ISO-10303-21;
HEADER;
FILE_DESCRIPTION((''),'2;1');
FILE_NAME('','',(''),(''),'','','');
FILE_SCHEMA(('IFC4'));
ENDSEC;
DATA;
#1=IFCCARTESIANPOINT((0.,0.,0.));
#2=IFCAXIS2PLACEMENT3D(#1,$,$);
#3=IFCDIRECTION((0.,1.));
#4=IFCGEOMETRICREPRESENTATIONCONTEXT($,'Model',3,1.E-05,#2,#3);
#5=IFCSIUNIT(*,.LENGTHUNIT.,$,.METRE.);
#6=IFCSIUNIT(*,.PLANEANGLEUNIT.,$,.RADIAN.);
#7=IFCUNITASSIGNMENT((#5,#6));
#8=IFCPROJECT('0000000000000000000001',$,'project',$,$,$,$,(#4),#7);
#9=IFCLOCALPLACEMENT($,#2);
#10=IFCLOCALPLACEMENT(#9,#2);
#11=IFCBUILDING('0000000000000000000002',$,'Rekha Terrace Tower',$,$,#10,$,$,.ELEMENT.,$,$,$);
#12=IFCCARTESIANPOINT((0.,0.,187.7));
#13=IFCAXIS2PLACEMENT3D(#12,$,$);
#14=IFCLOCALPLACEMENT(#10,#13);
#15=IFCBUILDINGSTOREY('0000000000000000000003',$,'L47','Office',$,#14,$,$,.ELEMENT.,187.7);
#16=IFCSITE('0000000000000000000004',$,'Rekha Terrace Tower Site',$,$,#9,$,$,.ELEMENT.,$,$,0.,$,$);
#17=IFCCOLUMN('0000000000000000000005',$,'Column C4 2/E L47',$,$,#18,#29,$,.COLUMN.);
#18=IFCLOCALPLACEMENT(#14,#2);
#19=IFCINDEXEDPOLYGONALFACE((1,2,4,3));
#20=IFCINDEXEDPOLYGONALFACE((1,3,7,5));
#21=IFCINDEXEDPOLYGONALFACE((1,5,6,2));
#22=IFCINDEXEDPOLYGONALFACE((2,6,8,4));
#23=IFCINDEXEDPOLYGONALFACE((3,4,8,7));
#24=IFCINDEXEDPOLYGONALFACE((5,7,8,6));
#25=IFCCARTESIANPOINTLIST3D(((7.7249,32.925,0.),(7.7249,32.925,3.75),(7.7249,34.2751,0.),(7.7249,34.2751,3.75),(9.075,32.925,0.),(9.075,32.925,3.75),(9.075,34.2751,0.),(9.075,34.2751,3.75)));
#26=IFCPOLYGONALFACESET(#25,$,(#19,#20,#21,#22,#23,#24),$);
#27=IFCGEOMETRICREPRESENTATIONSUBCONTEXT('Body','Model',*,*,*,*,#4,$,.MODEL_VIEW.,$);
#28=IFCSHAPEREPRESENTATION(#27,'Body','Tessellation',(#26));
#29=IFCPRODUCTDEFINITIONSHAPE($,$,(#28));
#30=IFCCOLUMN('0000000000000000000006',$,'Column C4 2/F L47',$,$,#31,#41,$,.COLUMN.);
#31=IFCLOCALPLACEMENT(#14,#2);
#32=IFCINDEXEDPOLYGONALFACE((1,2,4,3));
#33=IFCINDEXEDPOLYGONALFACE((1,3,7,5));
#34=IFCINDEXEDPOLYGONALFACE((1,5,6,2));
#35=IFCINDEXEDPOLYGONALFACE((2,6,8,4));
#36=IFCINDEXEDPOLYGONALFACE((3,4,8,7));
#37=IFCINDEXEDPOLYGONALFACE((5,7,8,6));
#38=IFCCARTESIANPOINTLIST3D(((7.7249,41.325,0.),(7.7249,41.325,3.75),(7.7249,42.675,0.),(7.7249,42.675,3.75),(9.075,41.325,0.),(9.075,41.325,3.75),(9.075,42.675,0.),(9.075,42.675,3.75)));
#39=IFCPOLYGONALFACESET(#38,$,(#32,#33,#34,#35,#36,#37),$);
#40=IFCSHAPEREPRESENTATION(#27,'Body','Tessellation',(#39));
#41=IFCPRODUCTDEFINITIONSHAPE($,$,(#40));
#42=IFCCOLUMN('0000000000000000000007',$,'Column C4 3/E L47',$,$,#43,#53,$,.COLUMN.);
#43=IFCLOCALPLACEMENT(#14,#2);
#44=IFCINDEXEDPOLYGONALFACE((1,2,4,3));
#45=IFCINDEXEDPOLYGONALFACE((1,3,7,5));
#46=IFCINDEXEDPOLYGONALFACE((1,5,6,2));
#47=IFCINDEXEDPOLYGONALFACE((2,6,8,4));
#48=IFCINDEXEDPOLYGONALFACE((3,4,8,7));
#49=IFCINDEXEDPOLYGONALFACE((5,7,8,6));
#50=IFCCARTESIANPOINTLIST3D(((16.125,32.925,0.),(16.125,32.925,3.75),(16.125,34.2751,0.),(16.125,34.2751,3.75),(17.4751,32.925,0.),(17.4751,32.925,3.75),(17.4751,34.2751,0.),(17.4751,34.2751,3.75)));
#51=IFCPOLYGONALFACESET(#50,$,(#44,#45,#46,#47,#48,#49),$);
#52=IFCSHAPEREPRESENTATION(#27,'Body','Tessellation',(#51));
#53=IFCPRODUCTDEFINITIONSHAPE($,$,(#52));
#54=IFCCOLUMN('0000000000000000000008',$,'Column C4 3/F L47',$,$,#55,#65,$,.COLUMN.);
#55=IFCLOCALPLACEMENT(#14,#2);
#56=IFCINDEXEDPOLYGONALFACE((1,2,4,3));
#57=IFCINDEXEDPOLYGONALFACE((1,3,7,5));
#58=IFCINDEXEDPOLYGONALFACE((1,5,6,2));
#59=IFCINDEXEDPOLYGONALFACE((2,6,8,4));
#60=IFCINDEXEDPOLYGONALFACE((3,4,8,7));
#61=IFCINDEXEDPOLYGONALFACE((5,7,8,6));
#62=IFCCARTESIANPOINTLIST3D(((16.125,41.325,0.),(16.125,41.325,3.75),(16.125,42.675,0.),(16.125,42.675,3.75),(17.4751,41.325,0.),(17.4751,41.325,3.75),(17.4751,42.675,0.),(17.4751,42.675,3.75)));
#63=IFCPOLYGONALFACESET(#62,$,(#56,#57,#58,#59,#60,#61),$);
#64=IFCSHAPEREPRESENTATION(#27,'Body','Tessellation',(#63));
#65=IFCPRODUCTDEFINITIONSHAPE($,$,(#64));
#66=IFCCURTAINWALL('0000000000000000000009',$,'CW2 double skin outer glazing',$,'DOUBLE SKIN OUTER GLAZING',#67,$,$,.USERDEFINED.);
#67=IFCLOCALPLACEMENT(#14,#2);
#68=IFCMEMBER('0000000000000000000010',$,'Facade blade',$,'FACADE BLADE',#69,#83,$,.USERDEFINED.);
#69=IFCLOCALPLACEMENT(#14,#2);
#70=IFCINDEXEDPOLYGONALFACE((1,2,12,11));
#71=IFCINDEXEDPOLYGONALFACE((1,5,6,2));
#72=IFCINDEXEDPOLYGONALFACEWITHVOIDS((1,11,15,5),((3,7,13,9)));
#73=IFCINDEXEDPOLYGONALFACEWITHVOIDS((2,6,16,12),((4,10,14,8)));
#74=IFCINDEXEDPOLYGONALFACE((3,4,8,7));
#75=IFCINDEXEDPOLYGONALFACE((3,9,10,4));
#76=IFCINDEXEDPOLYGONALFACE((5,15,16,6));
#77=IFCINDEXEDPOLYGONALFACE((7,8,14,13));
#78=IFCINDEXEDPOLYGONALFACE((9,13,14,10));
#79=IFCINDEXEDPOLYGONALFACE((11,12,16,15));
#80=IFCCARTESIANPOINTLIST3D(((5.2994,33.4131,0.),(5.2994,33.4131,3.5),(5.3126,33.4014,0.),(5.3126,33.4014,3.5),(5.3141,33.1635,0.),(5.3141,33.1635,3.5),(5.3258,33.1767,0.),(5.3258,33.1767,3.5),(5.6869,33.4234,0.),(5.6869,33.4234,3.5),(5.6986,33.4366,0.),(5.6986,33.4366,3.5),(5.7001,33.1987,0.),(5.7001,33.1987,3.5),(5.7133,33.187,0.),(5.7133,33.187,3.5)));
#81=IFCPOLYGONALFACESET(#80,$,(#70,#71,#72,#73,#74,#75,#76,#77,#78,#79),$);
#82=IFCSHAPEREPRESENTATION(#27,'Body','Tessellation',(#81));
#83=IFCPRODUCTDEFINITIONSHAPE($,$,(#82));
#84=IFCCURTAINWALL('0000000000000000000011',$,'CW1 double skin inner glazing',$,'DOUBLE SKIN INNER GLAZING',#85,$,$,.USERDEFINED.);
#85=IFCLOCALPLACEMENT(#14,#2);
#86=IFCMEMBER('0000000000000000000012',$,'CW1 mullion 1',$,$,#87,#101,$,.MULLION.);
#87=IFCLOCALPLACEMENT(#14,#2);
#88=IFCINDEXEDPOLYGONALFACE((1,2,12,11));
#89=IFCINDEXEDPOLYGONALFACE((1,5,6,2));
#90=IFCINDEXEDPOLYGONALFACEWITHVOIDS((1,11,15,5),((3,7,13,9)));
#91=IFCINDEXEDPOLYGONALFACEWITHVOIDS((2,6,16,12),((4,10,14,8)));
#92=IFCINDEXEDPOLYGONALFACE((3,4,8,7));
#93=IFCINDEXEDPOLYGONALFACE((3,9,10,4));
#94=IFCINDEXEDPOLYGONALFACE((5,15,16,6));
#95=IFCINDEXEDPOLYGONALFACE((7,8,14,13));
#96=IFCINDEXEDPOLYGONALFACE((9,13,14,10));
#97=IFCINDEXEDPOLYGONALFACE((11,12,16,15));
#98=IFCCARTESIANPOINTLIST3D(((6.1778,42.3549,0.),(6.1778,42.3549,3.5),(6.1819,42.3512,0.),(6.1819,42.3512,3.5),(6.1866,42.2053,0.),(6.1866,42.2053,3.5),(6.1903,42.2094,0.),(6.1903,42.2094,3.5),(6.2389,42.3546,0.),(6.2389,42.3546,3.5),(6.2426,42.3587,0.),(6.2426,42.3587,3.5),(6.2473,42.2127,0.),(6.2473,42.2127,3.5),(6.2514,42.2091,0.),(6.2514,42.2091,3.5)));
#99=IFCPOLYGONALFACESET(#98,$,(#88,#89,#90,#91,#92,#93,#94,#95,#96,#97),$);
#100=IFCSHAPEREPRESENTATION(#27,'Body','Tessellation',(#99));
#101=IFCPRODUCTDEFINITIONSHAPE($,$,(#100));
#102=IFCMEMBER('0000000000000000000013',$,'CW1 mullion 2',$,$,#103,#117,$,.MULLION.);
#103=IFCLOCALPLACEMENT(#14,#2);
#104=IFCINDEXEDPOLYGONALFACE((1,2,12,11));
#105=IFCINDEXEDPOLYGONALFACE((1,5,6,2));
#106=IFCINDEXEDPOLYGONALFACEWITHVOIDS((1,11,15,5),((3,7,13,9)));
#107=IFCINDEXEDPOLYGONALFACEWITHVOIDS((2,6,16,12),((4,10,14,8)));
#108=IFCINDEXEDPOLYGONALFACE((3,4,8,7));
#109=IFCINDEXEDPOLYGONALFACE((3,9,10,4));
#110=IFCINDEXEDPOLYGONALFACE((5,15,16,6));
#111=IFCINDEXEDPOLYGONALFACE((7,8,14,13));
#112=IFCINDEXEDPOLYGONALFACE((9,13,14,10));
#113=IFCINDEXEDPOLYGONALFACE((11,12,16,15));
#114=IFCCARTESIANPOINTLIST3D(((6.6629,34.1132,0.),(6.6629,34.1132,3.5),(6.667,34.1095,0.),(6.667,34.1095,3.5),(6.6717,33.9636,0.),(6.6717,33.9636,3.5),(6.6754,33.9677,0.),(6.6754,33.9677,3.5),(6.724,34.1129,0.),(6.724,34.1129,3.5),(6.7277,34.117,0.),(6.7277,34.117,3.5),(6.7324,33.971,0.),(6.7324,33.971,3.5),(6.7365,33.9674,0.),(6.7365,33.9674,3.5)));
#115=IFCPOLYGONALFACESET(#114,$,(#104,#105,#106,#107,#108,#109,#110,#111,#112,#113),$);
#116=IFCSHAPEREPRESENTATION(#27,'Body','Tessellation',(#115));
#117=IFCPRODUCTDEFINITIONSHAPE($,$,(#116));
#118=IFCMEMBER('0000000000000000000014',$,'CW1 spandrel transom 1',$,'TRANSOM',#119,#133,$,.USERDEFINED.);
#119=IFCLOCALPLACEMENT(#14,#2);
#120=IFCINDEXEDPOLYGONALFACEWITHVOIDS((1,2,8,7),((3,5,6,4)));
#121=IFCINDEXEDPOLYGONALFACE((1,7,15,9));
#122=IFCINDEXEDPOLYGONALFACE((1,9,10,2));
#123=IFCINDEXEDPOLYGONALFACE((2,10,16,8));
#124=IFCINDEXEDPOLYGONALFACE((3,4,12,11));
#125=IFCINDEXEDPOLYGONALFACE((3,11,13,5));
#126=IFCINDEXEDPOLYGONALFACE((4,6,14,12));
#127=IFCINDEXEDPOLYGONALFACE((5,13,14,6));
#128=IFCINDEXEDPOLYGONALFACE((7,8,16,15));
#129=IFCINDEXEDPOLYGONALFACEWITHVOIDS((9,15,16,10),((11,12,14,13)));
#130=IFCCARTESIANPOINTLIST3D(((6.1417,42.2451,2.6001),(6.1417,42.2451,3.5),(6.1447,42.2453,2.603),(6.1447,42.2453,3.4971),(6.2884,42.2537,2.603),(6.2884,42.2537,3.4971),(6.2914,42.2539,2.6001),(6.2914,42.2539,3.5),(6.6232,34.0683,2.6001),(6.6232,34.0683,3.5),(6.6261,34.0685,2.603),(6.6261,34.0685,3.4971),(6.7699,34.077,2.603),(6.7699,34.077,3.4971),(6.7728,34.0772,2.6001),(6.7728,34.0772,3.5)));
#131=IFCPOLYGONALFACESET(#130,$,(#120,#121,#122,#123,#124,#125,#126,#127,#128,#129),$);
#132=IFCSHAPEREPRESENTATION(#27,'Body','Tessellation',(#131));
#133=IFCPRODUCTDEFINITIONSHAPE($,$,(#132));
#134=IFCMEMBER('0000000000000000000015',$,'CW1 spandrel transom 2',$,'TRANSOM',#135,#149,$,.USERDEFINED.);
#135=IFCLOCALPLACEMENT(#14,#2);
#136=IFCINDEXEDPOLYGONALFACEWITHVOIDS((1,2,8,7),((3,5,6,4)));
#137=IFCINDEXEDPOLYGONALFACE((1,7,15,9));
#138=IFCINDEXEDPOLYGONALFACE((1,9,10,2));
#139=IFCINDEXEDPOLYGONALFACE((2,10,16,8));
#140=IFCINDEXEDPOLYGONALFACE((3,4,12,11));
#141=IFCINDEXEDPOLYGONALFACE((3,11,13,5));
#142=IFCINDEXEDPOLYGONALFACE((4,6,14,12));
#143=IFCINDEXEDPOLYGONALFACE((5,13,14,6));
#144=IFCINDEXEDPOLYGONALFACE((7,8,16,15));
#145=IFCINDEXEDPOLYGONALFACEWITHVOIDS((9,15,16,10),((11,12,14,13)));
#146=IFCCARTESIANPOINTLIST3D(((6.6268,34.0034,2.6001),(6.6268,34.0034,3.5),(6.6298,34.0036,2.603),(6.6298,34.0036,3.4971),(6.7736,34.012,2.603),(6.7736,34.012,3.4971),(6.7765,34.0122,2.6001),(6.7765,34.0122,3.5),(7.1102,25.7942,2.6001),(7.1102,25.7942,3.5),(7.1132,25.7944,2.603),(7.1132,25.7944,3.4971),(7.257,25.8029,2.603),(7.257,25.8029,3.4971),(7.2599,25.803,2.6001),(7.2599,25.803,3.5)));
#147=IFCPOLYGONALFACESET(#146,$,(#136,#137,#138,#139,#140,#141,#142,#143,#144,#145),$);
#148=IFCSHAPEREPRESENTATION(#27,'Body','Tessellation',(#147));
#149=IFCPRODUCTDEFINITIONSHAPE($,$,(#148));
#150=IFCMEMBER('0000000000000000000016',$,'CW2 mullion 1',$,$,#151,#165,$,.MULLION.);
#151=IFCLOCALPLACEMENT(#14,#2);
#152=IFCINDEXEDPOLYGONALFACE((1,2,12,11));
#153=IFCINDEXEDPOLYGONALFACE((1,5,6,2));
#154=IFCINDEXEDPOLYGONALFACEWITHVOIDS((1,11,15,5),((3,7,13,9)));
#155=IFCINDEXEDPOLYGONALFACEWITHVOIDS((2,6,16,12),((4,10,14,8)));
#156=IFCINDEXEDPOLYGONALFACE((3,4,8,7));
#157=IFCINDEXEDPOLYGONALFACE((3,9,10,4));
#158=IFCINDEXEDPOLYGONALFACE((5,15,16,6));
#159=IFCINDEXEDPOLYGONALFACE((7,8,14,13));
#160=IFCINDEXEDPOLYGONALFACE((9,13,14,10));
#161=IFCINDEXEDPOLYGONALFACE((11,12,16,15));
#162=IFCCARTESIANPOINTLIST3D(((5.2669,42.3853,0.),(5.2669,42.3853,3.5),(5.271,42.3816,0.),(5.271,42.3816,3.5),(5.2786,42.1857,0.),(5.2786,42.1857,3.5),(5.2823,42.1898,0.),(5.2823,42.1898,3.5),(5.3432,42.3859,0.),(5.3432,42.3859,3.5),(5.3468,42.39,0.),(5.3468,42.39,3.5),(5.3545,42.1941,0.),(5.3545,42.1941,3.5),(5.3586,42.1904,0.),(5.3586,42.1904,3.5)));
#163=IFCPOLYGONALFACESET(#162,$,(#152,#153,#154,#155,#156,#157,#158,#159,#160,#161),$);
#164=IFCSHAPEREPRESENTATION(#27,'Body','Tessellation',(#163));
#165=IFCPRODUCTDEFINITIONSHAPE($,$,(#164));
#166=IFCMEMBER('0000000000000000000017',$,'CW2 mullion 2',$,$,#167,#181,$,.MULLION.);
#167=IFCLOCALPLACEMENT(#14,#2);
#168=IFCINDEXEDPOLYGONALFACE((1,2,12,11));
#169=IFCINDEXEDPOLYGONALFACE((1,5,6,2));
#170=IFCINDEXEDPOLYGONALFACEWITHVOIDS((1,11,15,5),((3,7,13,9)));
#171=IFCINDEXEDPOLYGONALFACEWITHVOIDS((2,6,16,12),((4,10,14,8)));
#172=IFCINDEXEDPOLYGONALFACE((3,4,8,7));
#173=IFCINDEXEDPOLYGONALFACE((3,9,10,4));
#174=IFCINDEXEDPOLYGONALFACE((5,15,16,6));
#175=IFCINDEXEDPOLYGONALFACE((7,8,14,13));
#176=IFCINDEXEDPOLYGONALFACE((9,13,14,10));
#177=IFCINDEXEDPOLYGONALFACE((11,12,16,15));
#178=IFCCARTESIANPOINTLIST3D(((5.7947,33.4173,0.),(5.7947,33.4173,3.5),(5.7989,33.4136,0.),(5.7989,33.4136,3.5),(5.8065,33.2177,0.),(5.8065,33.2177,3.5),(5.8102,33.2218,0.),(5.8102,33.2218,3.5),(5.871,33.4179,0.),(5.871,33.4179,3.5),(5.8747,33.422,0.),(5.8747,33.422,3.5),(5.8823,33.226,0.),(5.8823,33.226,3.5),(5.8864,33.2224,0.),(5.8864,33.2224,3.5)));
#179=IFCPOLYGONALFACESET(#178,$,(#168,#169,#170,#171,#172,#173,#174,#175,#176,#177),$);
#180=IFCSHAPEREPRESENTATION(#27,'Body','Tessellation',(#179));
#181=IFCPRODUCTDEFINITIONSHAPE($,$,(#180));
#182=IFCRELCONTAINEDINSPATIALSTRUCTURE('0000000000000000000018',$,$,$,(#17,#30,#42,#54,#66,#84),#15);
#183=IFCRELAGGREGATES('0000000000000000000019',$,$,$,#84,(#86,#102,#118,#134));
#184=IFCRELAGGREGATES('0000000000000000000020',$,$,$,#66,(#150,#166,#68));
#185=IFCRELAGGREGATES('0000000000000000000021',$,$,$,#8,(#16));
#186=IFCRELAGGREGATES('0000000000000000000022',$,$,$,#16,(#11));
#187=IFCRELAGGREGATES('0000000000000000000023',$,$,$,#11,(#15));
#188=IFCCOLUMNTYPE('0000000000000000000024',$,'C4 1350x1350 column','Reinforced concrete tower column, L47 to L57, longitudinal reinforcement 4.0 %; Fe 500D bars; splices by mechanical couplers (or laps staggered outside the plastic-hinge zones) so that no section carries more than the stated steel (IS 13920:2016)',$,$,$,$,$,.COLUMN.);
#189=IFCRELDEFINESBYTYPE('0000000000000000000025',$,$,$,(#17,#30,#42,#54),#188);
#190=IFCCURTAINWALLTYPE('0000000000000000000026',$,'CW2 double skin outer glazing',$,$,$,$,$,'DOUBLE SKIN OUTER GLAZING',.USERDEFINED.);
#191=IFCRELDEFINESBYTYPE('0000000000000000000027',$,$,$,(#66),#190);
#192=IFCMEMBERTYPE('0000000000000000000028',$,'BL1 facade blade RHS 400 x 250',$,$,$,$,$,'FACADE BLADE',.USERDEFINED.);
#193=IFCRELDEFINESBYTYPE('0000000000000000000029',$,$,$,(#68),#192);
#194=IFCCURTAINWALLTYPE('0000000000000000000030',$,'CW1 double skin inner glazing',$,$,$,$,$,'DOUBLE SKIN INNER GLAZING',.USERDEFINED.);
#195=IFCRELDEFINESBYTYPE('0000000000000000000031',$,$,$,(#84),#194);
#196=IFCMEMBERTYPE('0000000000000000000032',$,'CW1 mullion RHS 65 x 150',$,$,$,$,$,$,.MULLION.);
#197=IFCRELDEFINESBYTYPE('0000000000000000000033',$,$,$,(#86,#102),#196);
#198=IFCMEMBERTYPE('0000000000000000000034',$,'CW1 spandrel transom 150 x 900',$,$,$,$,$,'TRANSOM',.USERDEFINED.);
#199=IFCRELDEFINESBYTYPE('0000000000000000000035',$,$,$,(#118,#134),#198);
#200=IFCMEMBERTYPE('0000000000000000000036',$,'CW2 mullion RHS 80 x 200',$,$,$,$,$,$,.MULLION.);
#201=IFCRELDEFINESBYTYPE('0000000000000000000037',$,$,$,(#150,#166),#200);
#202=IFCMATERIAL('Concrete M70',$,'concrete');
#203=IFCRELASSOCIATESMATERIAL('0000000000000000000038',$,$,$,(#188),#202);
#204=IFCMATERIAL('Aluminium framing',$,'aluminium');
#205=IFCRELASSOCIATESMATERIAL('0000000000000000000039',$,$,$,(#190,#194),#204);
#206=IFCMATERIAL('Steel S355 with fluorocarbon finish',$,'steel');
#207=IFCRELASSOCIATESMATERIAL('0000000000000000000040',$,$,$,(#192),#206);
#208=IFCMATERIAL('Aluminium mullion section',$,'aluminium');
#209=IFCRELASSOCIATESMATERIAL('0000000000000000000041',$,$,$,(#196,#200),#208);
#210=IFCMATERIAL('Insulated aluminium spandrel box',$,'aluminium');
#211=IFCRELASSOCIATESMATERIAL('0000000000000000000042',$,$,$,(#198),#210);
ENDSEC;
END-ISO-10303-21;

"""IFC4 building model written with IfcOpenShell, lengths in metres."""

from ifc_helpers import new_model, si_unit, direction, frame, origin, origin_2d, place, context, subcontext, project, spatial, rectangle, hollow_rectangle, extrude, material, material_profile, profile_set, type_object, element, aggregate, save


model = new_model("IFC4")

# Units and contexts
model_context = context("Model", 3, precision=1e-05, world=origin(), true_north=direction((0.0, 1.0)))
body_context = subcontext(model_context, "Body", "Model", "MODEL_VIEW")
ifc_project = project(units=[si_unit("LENGTHUNIT", "METRE"), si_unit("PLANEANGLEUNIT", "RADIAN")], contexts=[model_context])

# Site, building, storey
site_placement = place(None, origin())
site = spatial("IfcSite", under=ifc_project, at=site_placement, Name="Rekha Terrace Tower Site", CompositionType="ELEMENT", RefElevation=0.0)
building_placement = place(site_placement, origin())
building = spatial("IfcBuilding", under=site, at=building_placement, Name="Rekha Terrace Tower", CompositionType="ELEMENT")
storey_placement = place(building_placement, frame((0.0, 0.0, 187.7)))
storey = spatial("IfcBuildingStorey", under=building, at=storey_placement, Name="L47", Description="Office", CompositionType="ELEMENT", Elevation=187.7)

# Columns
ifc_material_1 = material(Name="Concrete M70", Category="concrete")
ifc_material_profile_1 = material_profile(ifc_material_1, rectangle(XDim=1.3501, YDim=1.3501, at=origin_2d()), Name="RC 1350x1350")
ifc_profile_set_1 = profile_set([ifc_material_profile_1], Name="Concrete M70")
column_type = type_object("IfcColumnType", Name="C4 1350x1350 column", Description="Reinforced concrete tower column, L47 to L57, longitudinal reinforcement 4.0 %; Fe 500D bars; splices by mechanical couplers (or laps staggered outside the plastic-hinge zones) so that no section carries more than the stated steel (IS 13920:2016)", PredefinedType="COLUMN", material=ifc_profile_set_1)
for number, where, z_axis, x_axis, name in (
    (1, (8.3999, 33.6001, 0.0), (0.0, 0.0, 1.0), (1.0, 0.0, 0.0), "Column C4 2/E L47"),
    (2, (8.3999, 42.0, 0.0), (0.0, 0.0, 1.0), (1.0, 0.0, 0.0), "Column C4 2/F L47"),
    (3, (16.8, 33.6001, 0.0), (0.0, 0.0, 1.0), (1.0, 0.0, 0.0), "Column C4 3/E L47"),
    (4, (16.8, 42.0, 0.0), (0.0, 0.0, 1.0), (1.0, 0.0, 0.0), "Column C4 3/F L47"),
):
    element("IfcColumn", number, at=place(storey_placement, frame(where, z_axis=z_axis, x_axis=x_axis)), inside=storey, type_object=column_type, Name=name, PredefinedType="COLUMN", context=body_context, shape_type="SweptSolid", body=[
        extrude(rectangle(XDim=1.3501, YDim=1.3501, at=origin_2d()), origin(), (0.0, 0.0, 1.0), 3.75),
    ])

# Curtain wall, member
ifc_material_2 = material(Name="Aluminium framing", Category="aluminium")
curtain_wall_type_1 = type_object("IfcCurtainWallType", Name="CW2 double skin outer glazing", ElementType="DOUBLE SKIN OUTER GLAZING", PredefinedType="USERDEFINED", material=ifc_material_2)
curtain_wall_1_placement = place(storey_placement, origin())
curtain_wall_1 = element("IfcCurtainWall", 5, at=curtain_wall_1_placement, inside=storey, type_object=curtain_wall_type_1, Name="CW2 double skin outer glazing", ObjectType="DOUBLE SKIN OUTER GLAZING", PredefinedType="USERDEFINED")
ifc_material_3 = material(Name="Steel S355 with fluorocarbon finish", Category="steel")
ifc_material_profile_2 = material_profile(ifc_material_3, hollow_rectangle(XDim=0.25, YDim=0.3999, WallThickness=0.0125, at=origin_2d()), Name="RHS400x250x12.5")
ifc_profile_set_2 = profile_set([ifc_material_profile_2], Name="Steel S355 with fluorocarbon finish")
member_type_1 = type_object("IfcMemberType", Name="BL1 facade blade RHS 400 x 250", ElementType="FACADE BLADE", PredefinedType="USERDEFINED", material=ifc_profile_set_2)
member_1_placement = place(storey_placement, frame((5.5063, 33.3, 0.0), z_axis=(0.0, 0.0, 1.0), x_axis=(0.058765, -0.998272, 0.0)))
member_1 = element("IfcMember", 6, at=member_1_placement, type_object=member_type_1, Name="Facade blade", ObjectType="FACADE BLADE", PredefinedType="USERDEFINED", context=body_context, shape_type="SweptSolid", body=[
    extrude(hollow_rectangle(XDim=0.25, YDim=0.3999, WallThickness=0.0125, at=origin_2d()), origin(), (0.0, 0.0, 1.0), 3.5),
])

# Curtain wall, members
curtain_wall_type_2 = type_object("IfcCurtainWallType", Name="CW1 double skin inner glazing", ElementType="DOUBLE SKIN INNER GLAZING", PredefinedType="USERDEFINED", material=ifc_material_2)
curtain_wall_2_placement = place(storey_placement, origin())
curtain_wall_2 = element("IfcCurtainWall", 7, at=curtain_wall_2_placement, inside=storey, type_object=curtain_wall_type_2, Name="CW1 double skin inner glazing", ObjectType="DOUBLE SKIN INNER GLAZING", PredefinedType="USERDEFINED")
ifc_material_4 = material(Name="Aluminium mullion section", Category="aluminium")
ifc_material_profile_3 = material_profile(ifc_material_4, hollow_rectangle(XDim=0.0649, YDim=0.1499, WallThickness=0.0039, at=origin_2d()), Name="AL RHS 65x150")
ifc_profile_set_3 = profile_set([ifc_material_profile_3], Name="Aluminium mullion section")
member_type_2 = type_object("IfcMemberType", Name="CW1 mullion RHS 65 x 150", PredefinedType="MULLION", material=ifc_profile_set_3)
member_2_placement = place(storey_placement, frame((6.2146, 42.282, 0.0), z_axis=(0.0, 0.0, 1.0), x_axis=(0.998272, 0.058765, 0.0)))
member_2 = element("IfcMember", 8, at=member_2_placement, type_object=member_type_2, Name="CW1 mullion 1", PredefinedType="MULLION", context=body_context, shape_type="SweptSolid", body=[
    extrude(hollow_rectangle(XDim=0.0649, YDim=0.1499, WallThickness=0.0039, at=origin_2d()), origin(), (0.0, 0.0, 1.0), 3.5),
])
member_3_placement = place(storey_placement, frame((6.6997, 34.0403, 0.0), z_axis=(0.0, 0.0, 1.0), x_axis=(0.998272, 0.058765, 0.0)))
member_3 = element("IfcMember", 9, at=member_3_placement, type_object=member_type_2, Name="CW1 mullion 2", PredefinedType="MULLION", context=body_context, shape_type="SweptSolid", body=[
    extrude(hollow_rectangle(XDim=0.0649, YDim=0.1499, WallThickness=0.0039, at=origin_2d()), origin(), (0.0, 0.0, 1.0), 3.5),
])
ifc_material_5 = material(Name="Insulated aluminium spandrel box", Category="aluminium")
ifc_material_profile_4 = material_profile(ifc_material_5, hollow_rectangle(XDim=0.1499, YDim=0.8999, WallThickness=0.0029, at=origin_2d()), Name="AL SPANDREL BOX 150x900")
ifc_profile_set_4 = profile_set([ifc_material_profile_4], Name="Insulated aluminium spandrel box")
member_type_3 = type_object("IfcMemberType", Name="CW1 spandrel transom 150 x 900", ElementType="TRANSOM", PredefinedType="USERDEFINED", material=ifc_profile_set_4)
member_4_placement = place(storey_placement, frame((6.2166, 42.2495, 3.05), z_axis=(0.058778, -0.998271, 0.0), x_axis=(0.998271, 0.058778, 0.0)))
member_4 = element("IfcMember", 10, at=member_4_placement, type_object=member_type_3, Name="CW1 spandrel transom 1", ObjectType="TRANSOM", PredefinedType="USERDEFINED", context=body_context, shape_type="SweptSolid", body=[
    extrude(hollow_rectangle(XDim=0.1499, YDim=0.8999, WallThickness=0.0029, at=origin_2d()), origin(), (0.0, 0.0, 1.0), 8.1909),
])
member_5_placement = place(storey_placement, frame((6.7017, 34.0078, 3.05), z_axis=(0.058783, -0.998271, 0.0), x_axis=(0.998271, 0.058783, 0.0)))
member_5 = element("IfcMember", 11, at=member_5_placement, type_object=member_type_3, Name="CW1 spandrel transom 2", ObjectType="TRANSOM", PredefinedType="USERDEFINED", context=body_context, shape_type="SweptSolid", body=[
    extrude(hollow_rectangle(XDim=0.1499, YDim=0.8999, WallThickness=0.0029, at=origin_2d()), origin(), (0.0, 0.0, 1.0), 8.2234),
])

# Members
ifc_material_profile_5 = material_profile(ifc_material_4, hollow_rectangle(XDim=0.0801, YDim=0.2, WallThickness=0.0039, at=origin_2d()), Name="AL RHS 80x200")
ifc_profile_set_5 = profile_set([ifc_material_profile_5], Name="Aluminium mullion section")
member_type_4 = type_object("IfcMemberType", Name="CW2 mullion RHS 80 x 200", PredefinedType="MULLION", material=ifc_profile_set_5)
member_6_placement = place(storey_placement, frame((5.3127, 42.2878, 0.0), z_axis=(0.0, 0.0, 1.0), x_axis=(0.998272, 0.058765, 0.0)))
member_6 = element("IfcMember", 12, at=member_6_placement, type_object=member_type_4, Name="CW2 mullion 1", PredefinedType="MULLION", context=body_context, shape_type="SweptSolid", body=[
    extrude(hollow_rectangle(XDim=0.0801, YDim=0.2, WallThickness=0.0039, at=origin_2d()), origin(), (0.0, 0.0, 1.0), 3.5),
])
member_7_placement = place(storey_placement, frame((5.8406, 33.3198, 0.0), z_axis=(0.0, 0.0, 1.0), x_axis=(0.998272, 0.058765, 0.0)))
member_7 = element("IfcMember", 13, at=member_7_placement, type_object=member_type_4, Name="CW2 mullion 2", PredefinedType="MULLION", context=body_context, shape_type="SweptSolid", body=[
    extrude(hollow_rectangle(XDim=0.0801, YDim=0.2, WallThickness=0.0039, at=origin_2d()), origin(), (0.0, 0.0, 1.0), 3.5),
])

aggregate(curtain_wall_2, [member_2, member_3, member_4, member_5])
aggregate(curtain_wall_1, [member_6, member_7, member_1])

save(model, "model.ifc")
